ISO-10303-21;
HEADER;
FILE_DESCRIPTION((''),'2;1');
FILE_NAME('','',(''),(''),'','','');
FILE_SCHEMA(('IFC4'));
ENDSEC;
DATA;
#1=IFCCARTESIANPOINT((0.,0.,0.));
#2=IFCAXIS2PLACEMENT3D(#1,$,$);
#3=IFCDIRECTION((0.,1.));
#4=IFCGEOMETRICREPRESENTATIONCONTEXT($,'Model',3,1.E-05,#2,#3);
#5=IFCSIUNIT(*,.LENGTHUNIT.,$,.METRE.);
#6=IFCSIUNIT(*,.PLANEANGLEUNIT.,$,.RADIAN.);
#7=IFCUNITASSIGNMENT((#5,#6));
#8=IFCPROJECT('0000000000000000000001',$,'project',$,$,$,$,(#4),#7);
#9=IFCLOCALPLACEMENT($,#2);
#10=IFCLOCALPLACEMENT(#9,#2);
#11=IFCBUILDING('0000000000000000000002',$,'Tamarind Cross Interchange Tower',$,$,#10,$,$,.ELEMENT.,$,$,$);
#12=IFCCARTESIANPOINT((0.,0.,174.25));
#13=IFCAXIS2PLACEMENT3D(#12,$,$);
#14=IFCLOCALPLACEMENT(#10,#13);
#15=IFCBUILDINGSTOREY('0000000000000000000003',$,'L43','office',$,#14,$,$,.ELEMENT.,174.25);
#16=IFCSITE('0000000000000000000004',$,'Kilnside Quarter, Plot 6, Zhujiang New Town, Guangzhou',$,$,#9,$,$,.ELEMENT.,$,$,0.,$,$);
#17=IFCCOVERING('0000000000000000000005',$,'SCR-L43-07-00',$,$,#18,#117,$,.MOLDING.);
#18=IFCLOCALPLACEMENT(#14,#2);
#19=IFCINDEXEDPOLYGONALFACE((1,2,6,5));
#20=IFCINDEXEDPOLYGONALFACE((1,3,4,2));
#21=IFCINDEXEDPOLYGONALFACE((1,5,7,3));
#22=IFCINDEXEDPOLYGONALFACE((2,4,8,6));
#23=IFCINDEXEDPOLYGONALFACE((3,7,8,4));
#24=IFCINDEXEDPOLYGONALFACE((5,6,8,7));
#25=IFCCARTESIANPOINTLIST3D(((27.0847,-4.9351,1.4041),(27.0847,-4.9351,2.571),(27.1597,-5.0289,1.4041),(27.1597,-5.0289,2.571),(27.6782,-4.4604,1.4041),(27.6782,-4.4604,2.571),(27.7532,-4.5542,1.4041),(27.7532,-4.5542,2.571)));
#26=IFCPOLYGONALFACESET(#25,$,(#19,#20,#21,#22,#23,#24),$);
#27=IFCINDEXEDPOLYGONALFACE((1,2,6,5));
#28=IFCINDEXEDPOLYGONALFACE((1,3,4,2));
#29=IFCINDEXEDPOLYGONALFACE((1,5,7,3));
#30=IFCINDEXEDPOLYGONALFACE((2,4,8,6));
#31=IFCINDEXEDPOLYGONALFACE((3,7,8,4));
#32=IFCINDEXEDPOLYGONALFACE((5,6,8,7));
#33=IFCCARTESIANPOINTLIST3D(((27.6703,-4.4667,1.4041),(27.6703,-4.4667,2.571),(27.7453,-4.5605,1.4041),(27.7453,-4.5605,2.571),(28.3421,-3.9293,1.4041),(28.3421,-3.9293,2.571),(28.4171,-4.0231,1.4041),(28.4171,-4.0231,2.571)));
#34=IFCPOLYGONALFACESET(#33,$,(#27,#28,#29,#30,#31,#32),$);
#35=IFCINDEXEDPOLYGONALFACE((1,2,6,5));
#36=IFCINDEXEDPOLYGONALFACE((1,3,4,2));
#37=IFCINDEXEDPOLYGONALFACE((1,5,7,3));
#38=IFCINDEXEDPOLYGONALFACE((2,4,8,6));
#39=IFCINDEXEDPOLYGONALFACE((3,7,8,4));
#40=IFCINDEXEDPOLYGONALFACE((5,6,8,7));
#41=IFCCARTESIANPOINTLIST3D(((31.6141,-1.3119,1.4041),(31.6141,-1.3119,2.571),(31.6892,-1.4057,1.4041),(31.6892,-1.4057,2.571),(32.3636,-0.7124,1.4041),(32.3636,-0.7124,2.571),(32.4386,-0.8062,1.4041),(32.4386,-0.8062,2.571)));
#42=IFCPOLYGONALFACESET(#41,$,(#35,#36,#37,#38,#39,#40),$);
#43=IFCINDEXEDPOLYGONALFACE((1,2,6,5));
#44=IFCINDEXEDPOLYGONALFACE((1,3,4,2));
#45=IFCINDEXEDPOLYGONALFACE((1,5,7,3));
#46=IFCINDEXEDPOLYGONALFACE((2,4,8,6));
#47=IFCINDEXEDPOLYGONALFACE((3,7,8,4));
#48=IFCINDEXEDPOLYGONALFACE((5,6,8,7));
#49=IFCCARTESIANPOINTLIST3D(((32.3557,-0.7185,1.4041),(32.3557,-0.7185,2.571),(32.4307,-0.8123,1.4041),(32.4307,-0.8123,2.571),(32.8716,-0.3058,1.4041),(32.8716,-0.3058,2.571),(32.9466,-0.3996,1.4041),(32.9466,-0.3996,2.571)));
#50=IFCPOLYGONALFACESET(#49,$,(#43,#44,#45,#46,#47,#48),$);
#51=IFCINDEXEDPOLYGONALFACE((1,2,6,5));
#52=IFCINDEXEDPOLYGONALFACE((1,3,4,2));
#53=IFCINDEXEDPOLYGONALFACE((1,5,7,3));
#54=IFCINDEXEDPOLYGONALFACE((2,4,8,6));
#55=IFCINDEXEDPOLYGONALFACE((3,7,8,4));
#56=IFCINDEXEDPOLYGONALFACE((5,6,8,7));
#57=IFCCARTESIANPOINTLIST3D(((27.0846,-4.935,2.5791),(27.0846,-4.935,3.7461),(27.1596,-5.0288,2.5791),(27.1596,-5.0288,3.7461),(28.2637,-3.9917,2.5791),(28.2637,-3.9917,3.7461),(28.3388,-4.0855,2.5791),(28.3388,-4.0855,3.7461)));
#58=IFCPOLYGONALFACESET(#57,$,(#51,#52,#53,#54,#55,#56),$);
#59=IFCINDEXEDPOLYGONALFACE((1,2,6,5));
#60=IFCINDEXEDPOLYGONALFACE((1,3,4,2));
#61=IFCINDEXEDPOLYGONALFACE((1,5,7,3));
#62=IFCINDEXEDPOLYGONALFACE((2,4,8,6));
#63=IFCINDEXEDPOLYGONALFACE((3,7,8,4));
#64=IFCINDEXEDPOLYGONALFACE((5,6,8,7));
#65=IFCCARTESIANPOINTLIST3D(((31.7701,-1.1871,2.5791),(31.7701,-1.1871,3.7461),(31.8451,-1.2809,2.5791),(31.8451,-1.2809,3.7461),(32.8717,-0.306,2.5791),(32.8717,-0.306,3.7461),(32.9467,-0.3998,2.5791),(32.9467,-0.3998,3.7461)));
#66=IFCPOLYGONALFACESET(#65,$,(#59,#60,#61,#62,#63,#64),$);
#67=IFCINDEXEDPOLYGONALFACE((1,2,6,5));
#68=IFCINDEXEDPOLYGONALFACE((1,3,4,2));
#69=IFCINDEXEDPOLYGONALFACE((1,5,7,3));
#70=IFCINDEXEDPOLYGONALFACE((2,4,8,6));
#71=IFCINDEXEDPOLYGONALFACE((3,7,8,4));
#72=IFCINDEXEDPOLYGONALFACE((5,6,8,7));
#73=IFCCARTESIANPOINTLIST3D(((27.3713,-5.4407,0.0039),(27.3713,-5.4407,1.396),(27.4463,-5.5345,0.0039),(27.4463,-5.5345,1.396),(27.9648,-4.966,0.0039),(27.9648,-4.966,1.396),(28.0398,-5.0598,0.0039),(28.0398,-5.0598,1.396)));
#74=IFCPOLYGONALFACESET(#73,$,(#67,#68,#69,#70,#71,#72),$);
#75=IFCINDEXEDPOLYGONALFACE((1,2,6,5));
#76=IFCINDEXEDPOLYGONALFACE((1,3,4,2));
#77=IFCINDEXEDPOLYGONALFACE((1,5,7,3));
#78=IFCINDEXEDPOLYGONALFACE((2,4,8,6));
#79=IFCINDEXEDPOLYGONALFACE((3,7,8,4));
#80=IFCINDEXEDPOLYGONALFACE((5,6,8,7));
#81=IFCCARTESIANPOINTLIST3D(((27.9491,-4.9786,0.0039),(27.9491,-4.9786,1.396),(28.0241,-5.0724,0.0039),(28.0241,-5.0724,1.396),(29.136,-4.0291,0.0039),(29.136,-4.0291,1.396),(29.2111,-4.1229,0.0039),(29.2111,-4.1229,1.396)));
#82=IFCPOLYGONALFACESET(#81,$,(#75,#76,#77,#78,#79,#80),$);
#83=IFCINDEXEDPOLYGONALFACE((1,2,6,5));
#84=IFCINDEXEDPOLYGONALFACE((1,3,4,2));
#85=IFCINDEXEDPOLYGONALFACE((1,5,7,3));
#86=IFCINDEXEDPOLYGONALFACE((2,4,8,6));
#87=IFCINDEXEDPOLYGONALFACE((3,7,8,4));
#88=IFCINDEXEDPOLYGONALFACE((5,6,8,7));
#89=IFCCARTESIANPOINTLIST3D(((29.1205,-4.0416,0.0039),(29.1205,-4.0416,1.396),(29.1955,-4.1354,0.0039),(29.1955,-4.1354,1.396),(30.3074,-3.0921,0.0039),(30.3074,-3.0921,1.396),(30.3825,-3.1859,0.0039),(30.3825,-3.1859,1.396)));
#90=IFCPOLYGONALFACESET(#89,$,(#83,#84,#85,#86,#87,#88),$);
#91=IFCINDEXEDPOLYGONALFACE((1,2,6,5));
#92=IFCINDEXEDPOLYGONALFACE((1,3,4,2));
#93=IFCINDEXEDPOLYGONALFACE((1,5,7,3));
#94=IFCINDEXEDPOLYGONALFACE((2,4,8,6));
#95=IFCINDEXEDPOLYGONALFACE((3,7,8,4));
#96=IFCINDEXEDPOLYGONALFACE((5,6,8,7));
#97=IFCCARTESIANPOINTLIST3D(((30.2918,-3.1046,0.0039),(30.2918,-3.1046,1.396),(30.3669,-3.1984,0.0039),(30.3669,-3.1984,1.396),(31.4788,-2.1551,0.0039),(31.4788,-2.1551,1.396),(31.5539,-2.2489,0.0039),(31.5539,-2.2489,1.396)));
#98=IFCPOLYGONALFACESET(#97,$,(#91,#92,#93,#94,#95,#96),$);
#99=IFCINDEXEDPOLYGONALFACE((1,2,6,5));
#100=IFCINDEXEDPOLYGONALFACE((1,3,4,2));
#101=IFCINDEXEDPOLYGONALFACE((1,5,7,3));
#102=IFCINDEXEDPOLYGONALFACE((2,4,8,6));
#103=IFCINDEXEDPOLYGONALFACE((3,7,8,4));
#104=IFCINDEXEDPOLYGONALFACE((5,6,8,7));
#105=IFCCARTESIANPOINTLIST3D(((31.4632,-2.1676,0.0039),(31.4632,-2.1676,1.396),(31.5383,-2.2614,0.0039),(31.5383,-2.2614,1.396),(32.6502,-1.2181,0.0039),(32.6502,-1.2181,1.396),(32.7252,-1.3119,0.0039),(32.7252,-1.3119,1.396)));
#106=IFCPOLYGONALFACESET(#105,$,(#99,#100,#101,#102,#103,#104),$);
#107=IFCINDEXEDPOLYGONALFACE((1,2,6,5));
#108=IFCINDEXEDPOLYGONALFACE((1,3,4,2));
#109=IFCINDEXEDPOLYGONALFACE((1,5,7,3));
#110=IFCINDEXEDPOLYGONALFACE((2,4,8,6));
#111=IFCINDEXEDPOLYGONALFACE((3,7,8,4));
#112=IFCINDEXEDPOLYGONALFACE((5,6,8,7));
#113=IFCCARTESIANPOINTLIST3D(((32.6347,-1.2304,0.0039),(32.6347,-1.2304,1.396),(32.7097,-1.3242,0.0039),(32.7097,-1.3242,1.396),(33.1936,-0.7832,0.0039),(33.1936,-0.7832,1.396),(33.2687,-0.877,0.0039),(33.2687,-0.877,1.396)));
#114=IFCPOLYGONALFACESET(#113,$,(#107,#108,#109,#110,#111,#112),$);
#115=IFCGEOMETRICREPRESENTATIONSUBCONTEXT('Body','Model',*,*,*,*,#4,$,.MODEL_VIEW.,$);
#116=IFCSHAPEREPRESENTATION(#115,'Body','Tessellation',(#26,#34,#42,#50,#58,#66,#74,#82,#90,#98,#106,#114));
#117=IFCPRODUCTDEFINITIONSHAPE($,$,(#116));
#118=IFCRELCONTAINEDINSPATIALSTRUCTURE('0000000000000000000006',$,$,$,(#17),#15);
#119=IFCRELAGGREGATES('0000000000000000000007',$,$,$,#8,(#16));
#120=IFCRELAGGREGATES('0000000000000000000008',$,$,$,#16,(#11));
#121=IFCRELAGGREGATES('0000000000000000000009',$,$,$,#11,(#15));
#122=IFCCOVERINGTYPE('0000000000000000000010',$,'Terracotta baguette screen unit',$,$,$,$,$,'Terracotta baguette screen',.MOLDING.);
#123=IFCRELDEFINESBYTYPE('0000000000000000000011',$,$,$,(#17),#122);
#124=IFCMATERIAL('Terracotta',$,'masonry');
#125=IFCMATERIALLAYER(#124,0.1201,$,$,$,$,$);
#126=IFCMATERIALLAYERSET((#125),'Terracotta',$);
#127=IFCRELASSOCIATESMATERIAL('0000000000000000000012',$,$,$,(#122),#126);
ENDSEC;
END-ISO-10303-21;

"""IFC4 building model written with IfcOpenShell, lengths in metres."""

from ifc_helpers import new_model, si_unit, direction, frame, origin, origin_2d, place, context, subcontext, project, spatial, rectangle, extrude, material, layer, layer_set, type_object, element, save


model = new_model("IFC4")

# Units and contexts
model_context = context("Model", 3, precision=1e-05, world=origin(), true_north=direction((0.0, 1.0)))
body_context = subcontext(model_context, "Body", "Model", "MODEL_VIEW")
ifc_project = project(units=[si_unit("LENGTHUNIT", "METRE"), si_unit("PLANEANGLEUNIT", "RADIAN")], contexts=[model_context])

# Site, building, storey
site_placement = place(None, origin())
site = spatial("IfcSite", under=ifc_project, at=site_placement, Name="Kilnside Quarter, Plot 6, Zhujiang New Town, Guangzhou", CompositionType="ELEMENT", RefElevation=0.0)
building_placement = place(site_placement, origin())
building = spatial("IfcBuilding", under=site, at=building_placement, Name="Tamarind Cross Interchange Tower", CompositionType="ELEMENT")
storey_placement = place(building_placement, frame((0.0, 0.0, 174.25)))
storey = spatial("IfcBuildingStorey", under=building, at=storey_placement, Name="L43", Description="office", CompositionType="ELEMENT", Elevation=174.25)

# Covering
ifc_material_1 = material(Name="Terracotta", Category="masonry")
ifc_layer_1 = layer(ifc_material_1, 0.1201)
ifc_layer_set_1 = layer_set([ifc_layer_1], Name="Terracotta")
covering_type = type_object("IfcCoveringType", Name="Terracotta baguette screen unit", ElementType="Terracotta baguette screen", PredefinedType="MOLDING", material=ifc_layer_set_1)
covering_1_placement = place(storey_placement, origin())
element("IfcCovering", 1, at=covering_1_placement, inside=storey, type_object=covering_type, Name="SCR-L43-07-00", PredefinedType="MOLDING", context=body_context, shape_type="SweptSolid", body=[
    extrude(rectangle(XDim=0.76, YDim=0.1201, at=origin_2d()), frame((27.4189, -4.7446, 1.4041), z_axis=(0.0, 0.0, 1.0), x_axis=(0.780893, 0.624665, 0.0)), (0.0, 0.0, 1.0), 1.167),
    extrude(rectangle(XDim=0.8604, YDim=0.1201, at=origin_2d()), frame((28.0437, -4.2449, 1.4041), z_axis=(0.0, 0.0, 1.0), x_axis=(0.780893, 0.624665, 0.0)), (0.0, 0.0, 1.0), 1.167),
    extrude(rectangle(XDim=0.9597, YDim=0.1201, at=origin_2d()), frame((32.0264, -1.0591, 1.4041), z_axis=(0.0, 0.0, 1.0), x_axis=(0.780893, 0.624665, 0.0)), (0.0, 0.0, 1.0), 1.167),
    extrude(rectangle(XDim=0.6606, YDim=0.1201, at=origin_2d()), frame((32.6511, -0.5591, 1.4041), z_axis=(0.0, 0.0, 1.0), x_axis=(0.780893, 0.624665, 0.0)), (0.0, 0.0, 1.0), 1.167),
    extrude(rectangle(XDim=1.51, YDim=0.1201, at=origin_2d()), frame((27.7117, -4.5103, 2.5791), z_axis=(0.0, 0.0, 1.0), x_axis=(0.780893, 0.624665, 0.0)), (0.0, 0.0, 1.0), 1.167),
    extrude(rectangle(XDim=1.4106, YDim=0.1201, at=origin_2d()), frame((32.3584, -0.7935, 2.5791), z_axis=(0.0, 0.0, 1.0), x_axis=(0.780893, 0.624665, 0.0)), (0.0, 0.0, 1.0), 1.167),
    extrude(rectangle(XDim=0.76, YDim=0.1201, at=origin_2d()), frame((27.7056, -5.2502, 0.0039), z_axis=(0.0, 0.0, 1.0), x_axis=(0.780893, 0.624665, 0.0)), (0.0, 0.0, 1.0), 1.3921),
    extrude(rectangle(XDim=1.52, YDim=0.1201, at=origin_2d()), frame((28.5801, -4.5508, 0.0039), z_axis=(0.0, 0.0, 1.0), x_axis=(0.780893, 0.624665, 0.0)), (0.0, 0.0, 1.0), 1.3921),
    extrude(rectangle(XDim=1.52, YDim=0.1201, at=origin_2d()), frame((29.7515, -3.6138, 0.0039), z_axis=(0.0, 0.0, 1.0), x_axis=(0.780893, 0.624665, 0.0)), (0.0, 0.0, 1.0), 1.3921),
    extrude(rectangle(XDim=1.52, YDim=0.1201, at=origin_2d()), frame((30.9229, -2.6768, 0.0039), z_axis=(0.0, 0.0, 1.0), x_axis=(0.780893, 0.624665, 0.0)), (0.0, 0.0, 1.0), 1.3921),
    extrude(rectangle(XDim=1.52, YDim=0.1201, at=origin_2d()), frame((32.0942, -1.7397, 0.0039), z_axis=(0.0, 0.0, 1.0), x_axis=(0.780893, 0.624665, 0.0)), (0.0, 0.0, 1.0), 1.3921),
    extrude(rectangle(XDim=0.7158, YDim=0.1201, at=origin_2d()), frame((32.9517, -1.0537, 0.0039), z_axis=(0.0, 0.0, 1.0), x_axis=(0.780893, 0.624665, 0.0)), (0.0, 0.0, 1.0), 1.3921),
])

save(model, "model.ifc")
